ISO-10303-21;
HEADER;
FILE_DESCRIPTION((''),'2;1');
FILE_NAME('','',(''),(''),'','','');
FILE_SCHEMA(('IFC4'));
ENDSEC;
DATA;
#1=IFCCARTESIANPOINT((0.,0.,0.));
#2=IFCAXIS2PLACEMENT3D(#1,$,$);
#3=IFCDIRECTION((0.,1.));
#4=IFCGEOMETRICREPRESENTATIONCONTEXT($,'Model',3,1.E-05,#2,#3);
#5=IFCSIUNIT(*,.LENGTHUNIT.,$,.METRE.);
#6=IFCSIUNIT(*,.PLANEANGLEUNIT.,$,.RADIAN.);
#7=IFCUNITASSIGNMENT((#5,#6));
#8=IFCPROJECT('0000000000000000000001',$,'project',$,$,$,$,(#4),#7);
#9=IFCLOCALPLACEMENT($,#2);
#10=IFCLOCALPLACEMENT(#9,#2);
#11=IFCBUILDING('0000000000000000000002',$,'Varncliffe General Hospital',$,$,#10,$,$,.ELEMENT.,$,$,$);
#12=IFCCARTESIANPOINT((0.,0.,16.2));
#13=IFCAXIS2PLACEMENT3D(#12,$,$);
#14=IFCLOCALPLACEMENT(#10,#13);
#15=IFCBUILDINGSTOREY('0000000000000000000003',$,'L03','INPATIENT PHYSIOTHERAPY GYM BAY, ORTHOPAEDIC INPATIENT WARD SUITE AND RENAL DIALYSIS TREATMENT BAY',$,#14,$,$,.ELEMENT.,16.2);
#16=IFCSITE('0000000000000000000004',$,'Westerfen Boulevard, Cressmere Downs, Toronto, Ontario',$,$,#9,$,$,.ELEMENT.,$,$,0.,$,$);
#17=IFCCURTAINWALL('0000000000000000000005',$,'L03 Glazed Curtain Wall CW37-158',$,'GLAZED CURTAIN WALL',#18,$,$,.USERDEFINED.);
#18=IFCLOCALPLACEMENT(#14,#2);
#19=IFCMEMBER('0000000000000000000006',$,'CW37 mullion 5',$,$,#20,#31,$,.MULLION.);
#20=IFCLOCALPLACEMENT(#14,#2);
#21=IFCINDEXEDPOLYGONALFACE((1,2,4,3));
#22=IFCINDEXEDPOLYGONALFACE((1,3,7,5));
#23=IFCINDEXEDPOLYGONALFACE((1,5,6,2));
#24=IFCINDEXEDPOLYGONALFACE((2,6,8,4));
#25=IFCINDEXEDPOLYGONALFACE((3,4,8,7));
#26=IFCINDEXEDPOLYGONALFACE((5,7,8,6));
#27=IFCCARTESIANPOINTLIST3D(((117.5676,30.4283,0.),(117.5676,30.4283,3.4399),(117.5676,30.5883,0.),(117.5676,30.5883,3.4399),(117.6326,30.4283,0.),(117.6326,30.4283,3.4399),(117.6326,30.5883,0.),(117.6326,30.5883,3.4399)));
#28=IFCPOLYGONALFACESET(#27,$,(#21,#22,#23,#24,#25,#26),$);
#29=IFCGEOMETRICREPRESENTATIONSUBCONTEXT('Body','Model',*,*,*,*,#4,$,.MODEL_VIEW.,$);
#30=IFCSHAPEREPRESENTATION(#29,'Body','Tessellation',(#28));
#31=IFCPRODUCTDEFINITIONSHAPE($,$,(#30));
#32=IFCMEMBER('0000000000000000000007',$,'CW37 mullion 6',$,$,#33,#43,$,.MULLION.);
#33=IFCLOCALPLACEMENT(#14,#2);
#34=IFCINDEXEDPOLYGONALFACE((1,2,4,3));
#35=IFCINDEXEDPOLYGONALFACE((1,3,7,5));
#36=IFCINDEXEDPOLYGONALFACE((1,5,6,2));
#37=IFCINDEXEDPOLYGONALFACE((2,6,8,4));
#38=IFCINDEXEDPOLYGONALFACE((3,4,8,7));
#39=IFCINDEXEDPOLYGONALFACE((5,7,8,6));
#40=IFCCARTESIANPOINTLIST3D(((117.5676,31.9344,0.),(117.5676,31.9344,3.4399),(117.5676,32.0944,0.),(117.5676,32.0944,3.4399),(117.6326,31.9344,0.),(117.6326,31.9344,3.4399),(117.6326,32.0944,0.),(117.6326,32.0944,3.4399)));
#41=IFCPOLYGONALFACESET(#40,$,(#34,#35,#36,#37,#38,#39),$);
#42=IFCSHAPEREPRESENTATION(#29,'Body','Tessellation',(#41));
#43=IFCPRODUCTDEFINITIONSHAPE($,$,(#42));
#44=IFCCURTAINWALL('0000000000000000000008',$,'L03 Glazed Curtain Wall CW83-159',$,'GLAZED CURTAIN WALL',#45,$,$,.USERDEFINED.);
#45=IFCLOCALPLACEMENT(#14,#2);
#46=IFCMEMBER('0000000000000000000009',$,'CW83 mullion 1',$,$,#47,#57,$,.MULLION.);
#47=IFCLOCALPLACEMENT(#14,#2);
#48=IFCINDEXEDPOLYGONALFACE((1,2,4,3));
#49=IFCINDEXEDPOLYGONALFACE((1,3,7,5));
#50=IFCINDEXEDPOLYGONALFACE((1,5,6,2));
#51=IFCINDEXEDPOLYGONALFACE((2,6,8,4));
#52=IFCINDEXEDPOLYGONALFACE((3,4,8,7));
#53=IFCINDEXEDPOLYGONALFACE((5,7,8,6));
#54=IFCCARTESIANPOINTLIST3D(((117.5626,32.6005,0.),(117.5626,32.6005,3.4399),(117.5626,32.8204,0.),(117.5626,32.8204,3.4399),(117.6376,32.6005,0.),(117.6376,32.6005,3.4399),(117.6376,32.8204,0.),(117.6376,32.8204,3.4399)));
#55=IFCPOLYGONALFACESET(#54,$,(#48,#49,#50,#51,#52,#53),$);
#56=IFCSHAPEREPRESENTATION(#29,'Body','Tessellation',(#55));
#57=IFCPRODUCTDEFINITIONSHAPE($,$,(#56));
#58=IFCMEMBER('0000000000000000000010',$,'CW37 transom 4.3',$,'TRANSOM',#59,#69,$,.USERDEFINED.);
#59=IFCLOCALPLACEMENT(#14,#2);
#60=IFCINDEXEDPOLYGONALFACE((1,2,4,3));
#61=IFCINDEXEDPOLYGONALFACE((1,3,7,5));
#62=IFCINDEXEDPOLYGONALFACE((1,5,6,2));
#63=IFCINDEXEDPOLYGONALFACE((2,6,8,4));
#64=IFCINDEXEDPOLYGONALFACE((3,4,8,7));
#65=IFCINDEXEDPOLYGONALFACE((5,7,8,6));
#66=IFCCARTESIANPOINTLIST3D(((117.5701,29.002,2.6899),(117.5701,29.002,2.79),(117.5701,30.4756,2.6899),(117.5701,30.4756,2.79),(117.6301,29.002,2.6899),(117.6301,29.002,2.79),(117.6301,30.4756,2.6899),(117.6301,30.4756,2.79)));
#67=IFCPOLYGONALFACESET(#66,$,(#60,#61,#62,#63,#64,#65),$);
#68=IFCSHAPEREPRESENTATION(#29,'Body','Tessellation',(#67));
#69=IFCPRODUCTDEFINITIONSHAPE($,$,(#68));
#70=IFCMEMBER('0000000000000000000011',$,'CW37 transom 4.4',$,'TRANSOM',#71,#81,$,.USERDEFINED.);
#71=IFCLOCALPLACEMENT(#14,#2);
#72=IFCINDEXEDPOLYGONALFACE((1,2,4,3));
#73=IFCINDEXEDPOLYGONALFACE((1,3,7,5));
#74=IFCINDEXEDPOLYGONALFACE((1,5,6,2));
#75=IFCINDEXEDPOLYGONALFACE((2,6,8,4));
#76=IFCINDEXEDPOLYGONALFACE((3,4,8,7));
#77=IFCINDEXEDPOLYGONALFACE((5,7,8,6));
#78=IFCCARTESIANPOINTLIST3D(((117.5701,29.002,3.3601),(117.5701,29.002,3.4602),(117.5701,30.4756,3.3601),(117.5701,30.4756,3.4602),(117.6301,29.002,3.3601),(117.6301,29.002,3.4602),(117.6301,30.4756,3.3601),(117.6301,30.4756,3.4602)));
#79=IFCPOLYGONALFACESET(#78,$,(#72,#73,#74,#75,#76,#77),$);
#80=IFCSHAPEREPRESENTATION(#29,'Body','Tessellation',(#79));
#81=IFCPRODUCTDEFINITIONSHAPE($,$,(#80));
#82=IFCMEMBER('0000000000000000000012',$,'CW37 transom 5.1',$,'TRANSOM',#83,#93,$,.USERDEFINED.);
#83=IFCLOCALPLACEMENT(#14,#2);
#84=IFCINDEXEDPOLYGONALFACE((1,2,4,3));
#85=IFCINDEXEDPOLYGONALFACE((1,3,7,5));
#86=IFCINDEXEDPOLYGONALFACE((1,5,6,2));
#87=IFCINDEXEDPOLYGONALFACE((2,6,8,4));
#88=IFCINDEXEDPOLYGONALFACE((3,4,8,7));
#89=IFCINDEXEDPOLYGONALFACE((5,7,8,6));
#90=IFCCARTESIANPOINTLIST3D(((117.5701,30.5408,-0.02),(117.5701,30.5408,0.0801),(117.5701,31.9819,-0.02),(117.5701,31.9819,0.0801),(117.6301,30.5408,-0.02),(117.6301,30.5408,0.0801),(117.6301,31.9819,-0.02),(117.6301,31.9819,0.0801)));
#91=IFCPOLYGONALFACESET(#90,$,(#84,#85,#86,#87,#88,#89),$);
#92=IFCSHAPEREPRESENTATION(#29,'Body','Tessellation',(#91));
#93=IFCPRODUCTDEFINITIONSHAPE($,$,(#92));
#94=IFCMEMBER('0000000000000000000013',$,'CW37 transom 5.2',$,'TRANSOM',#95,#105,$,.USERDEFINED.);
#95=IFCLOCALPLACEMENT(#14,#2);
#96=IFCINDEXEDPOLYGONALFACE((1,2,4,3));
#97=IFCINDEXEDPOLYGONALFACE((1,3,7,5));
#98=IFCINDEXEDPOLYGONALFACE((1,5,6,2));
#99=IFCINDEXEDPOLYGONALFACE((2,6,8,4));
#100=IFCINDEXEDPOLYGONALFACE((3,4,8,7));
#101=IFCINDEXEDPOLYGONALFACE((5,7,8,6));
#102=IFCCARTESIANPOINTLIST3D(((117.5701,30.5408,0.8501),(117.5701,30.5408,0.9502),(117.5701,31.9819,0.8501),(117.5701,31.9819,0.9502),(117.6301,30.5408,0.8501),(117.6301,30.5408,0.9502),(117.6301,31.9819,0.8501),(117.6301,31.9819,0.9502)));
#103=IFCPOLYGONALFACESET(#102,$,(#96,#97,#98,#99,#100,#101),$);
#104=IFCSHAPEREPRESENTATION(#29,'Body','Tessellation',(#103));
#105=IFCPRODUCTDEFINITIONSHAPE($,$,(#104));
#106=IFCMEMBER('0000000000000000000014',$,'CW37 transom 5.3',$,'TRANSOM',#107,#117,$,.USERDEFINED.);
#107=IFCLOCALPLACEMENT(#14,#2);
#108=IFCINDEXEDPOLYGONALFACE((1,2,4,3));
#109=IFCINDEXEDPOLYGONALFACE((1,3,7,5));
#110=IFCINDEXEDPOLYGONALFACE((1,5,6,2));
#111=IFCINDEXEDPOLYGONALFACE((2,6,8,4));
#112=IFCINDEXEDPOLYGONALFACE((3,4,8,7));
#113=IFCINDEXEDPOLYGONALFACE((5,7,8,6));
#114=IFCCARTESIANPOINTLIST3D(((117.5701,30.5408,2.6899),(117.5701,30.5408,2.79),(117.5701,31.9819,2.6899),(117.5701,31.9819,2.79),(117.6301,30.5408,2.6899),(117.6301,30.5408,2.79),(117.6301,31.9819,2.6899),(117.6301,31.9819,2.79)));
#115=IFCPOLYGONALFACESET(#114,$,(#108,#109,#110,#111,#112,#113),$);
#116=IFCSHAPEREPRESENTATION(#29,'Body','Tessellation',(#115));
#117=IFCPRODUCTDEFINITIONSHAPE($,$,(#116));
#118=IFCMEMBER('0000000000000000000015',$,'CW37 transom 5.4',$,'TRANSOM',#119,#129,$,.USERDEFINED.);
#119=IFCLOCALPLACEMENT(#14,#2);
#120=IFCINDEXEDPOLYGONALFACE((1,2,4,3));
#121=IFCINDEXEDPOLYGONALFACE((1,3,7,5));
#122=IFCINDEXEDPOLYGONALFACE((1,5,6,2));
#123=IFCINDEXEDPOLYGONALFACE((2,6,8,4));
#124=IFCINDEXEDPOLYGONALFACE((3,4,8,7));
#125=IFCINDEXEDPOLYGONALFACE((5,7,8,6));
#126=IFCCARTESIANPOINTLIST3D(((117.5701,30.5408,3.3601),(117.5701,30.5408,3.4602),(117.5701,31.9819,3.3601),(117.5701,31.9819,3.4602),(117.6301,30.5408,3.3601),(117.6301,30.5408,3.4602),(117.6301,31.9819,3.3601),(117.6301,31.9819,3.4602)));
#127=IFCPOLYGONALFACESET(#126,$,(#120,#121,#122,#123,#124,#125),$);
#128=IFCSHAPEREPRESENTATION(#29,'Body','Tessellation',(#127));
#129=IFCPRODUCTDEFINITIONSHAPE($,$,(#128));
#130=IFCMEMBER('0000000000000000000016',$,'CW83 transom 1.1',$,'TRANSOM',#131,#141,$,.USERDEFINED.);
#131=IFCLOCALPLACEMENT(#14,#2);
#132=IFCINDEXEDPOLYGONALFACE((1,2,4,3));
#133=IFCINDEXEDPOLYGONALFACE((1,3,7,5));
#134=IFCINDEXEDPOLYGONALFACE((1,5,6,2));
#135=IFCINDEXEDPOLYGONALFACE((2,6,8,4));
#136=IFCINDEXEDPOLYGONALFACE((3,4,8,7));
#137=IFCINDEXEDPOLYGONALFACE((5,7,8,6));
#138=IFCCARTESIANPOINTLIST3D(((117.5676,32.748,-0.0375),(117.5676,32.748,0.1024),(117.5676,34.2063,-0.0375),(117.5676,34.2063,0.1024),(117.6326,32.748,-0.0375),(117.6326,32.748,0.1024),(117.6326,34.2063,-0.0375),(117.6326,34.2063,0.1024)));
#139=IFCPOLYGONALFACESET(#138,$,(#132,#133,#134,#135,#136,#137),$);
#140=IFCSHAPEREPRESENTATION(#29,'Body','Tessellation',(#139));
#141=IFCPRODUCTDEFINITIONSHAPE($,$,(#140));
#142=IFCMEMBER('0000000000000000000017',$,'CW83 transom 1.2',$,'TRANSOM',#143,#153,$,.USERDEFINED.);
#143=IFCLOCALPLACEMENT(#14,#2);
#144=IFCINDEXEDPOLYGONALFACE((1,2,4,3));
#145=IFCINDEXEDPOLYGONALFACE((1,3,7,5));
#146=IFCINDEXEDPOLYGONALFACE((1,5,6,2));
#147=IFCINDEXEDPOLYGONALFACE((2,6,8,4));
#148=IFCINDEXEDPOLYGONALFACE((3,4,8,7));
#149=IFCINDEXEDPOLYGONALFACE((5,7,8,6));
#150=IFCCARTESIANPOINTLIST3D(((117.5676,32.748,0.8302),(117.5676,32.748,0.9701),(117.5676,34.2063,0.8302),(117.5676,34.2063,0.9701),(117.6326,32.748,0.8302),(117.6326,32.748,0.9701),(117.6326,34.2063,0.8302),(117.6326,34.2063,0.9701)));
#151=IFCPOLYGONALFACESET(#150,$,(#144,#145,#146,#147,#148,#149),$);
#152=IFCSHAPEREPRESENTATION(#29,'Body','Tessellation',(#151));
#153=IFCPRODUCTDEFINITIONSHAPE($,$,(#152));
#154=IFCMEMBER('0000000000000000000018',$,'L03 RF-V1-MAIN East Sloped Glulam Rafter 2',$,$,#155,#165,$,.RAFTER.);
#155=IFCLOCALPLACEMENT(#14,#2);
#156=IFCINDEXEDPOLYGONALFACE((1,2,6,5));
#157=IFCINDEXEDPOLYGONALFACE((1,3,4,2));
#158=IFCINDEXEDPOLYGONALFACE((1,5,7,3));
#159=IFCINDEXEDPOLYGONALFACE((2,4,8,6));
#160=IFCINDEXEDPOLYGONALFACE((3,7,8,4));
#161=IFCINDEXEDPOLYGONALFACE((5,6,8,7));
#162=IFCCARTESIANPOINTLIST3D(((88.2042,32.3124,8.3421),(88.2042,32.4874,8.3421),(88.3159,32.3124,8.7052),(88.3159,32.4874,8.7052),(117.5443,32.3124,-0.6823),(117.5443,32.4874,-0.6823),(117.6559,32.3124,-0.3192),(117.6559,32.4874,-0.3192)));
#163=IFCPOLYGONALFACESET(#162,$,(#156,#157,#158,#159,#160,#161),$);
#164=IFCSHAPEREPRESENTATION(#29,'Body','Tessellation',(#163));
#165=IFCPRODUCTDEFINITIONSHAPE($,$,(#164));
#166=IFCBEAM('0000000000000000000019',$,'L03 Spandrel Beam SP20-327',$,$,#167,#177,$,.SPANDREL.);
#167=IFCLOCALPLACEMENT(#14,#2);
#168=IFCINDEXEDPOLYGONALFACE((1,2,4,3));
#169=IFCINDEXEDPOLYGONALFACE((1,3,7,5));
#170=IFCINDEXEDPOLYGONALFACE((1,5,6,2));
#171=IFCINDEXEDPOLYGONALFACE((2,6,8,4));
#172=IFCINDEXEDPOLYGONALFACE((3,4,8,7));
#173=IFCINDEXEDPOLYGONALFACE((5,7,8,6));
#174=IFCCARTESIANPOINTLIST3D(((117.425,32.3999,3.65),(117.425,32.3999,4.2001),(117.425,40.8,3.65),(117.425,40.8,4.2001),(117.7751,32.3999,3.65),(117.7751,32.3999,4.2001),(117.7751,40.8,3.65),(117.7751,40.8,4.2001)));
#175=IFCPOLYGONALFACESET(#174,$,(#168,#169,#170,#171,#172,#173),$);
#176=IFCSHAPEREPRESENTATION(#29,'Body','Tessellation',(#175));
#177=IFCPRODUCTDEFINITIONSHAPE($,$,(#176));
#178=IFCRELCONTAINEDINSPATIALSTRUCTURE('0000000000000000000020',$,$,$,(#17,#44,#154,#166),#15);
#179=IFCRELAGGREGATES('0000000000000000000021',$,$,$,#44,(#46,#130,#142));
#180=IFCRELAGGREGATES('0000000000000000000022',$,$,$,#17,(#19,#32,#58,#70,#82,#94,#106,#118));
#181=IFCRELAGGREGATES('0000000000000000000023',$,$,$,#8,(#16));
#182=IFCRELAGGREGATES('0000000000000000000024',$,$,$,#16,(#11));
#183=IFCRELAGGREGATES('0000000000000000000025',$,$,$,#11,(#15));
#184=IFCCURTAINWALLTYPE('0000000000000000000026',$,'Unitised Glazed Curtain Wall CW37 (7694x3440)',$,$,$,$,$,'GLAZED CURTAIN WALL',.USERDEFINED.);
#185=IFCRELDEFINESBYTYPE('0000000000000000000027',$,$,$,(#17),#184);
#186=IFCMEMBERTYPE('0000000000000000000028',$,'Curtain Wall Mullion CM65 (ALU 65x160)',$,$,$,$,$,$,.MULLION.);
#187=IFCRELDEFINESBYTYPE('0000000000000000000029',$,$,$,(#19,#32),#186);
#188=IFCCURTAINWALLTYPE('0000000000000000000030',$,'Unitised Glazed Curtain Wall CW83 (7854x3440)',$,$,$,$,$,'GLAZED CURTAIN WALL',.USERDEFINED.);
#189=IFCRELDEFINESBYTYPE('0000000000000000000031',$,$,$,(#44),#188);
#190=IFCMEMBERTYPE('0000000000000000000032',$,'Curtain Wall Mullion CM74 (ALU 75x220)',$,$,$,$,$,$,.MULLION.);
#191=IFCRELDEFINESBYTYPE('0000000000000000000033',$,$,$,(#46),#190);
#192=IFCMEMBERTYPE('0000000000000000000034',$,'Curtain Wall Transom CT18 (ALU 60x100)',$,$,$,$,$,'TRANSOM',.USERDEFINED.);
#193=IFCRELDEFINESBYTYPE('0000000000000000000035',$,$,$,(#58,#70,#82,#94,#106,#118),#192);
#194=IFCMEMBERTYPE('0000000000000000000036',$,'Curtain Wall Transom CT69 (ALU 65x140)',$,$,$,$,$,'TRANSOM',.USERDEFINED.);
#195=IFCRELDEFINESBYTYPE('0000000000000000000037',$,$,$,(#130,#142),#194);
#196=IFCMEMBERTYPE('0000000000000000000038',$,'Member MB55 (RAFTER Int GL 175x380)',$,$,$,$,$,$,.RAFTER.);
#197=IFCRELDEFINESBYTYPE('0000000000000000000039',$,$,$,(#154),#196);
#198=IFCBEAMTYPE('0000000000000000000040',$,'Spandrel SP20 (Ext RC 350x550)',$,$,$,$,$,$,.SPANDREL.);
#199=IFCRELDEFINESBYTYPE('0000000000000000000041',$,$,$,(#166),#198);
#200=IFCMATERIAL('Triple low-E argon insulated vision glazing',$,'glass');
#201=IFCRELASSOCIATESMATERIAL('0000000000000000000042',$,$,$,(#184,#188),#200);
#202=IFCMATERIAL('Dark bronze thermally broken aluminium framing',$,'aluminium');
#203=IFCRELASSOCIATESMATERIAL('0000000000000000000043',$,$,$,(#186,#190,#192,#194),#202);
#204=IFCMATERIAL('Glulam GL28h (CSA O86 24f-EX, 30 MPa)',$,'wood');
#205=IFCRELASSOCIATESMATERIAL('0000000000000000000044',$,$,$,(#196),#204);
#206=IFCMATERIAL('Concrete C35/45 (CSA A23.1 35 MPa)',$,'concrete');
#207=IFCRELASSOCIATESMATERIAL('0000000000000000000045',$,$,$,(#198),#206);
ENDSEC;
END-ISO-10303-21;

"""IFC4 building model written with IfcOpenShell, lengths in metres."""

from ifc_helpers import new_model, si_unit, direction, frame, origin, origin_2d, place, context, subcontext, project, spatial, rectangle, extrude, material, material_profile, profile_set, type_object, element, aggregate, save


model = new_model("IFC4")

# Units and contexts
model_context = context("Model", 3, precision=1e-05, world=origin(), true_north=direction((0.0, 1.0)))
body_context = subcontext(model_context, "Body", "Model", "MODEL_VIEW")
ifc_project = project(units=[si_unit("LENGTHUNIT", "METRE"), si_unit("PLANEANGLEUNIT", "RADIAN")], contexts=[model_context])

# Site, building, storey
site_placement = place(None, origin())
site = spatial("IfcSite", under=ifc_project, at=site_placement, Name="Westerfen Boulevard, Cressmere Downs, Toronto, Ontario", CompositionType="ELEMENT", RefElevation=0.0)
building_placement = place(site_placement, origin())
building = spatial("IfcBuilding", under=site, at=building_placement, Name="Varncliffe General Hospital", CompositionType="ELEMENT")
storey_placement = place(building_placement, frame((0.0, 0.0, 16.2)))
storey = spatial("IfcBuildingStorey", under=building, at=storey_placement, Name="L03", Description="INPATIENT PHYSIOTHERAPY GYM BAY, ORTHOPAEDIC INPATIENT WARD SUITE AND RENAL DIALYSIS TREATMENT BAY", CompositionType="ELEMENT", Elevation=16.2)

# Curtain wall, members
ifc_material_1 = material(Name="Triple low-E argon insulated vision glazing", Category="glass")
curtain_wall_type_1 = type_object("IfcCurtainWallType", Name="Unitised Glazed Curtain Wall CW37 (7694x3440)", ElementType="GLAZED CURTAIN WALL", PredefinedType="USERDEFINED", material=ifc_material_1)
curtain_wall_1_placement = place(storey_placement, origin())
curtain_wall_1 = element("IfcCurtainWall", 1, at=curtain_wall_1_placement, inside=storey, type_object=curtain_wall_type_1, Name="L03 Glazed Curtain Wall CW37-158", ObjectType="GLAZED CURTAIN WALL", PredefinedType="USERDEFINED")
ifc_material_2 = material(Name="Dark bronze thermally broken aluminium framing", Category="aluminium")
ifc_material_profile_1 = material_profile(ifc_material_2, rectangle(XDim=0.0649, YDim=0.1599, at=origin_2d()), Name="ALU 65x160")
ifc_profile_set_1 = profile_set([ifc_material_profile_1], Name="Dark bronze thermally broken aluminium framing")
member_type_1 = type_object("IfcMemberType", Name="Curtain Wall Mullion CM65 (ALU 65x160)", PredefinedType="MULLION", material=ifc_profile_set_1)
member_1_placement = place(storey_placement, frame((117.6001, 30.5083, 0.0), z_axis=(0.0, 0.0, 1.0), x_axis=(-1.0, 0.0, 0.0)))
member_1 = element("IfcMember", 2, at=member_1_placement, type_object=member_type_1, Name="CW37 mullion 5", PredefinedType="MULLION", context=body_context, shape_type="SweptSolid", body=[
    extrude(rectangle(XDim=0.0649, YDim=0.1599, at=origin_2d()), origin(), (0.0, 0.0, 1.0), 3.4399),
])
member_2_placement = place(storey_placement, frame((117.6001, 32.0144, 0.0), z_axis=(0.0, 0.0, 1.0), x_axis=(-1.0, 0.0, 0.0)))
member_2 = element("IfcMember", 3, at=member_2_placement, type_object=member_type_1, Name="CW37 mullion 6", PredefinedType="MULLION", context=body_context, shape_type="SweptSolid", body=[
    extrude(rectangle(XDim=0.0649, YDim=0.1599, at=origin_2d()), origin(), (0.0, 0.0, 1.0), 3.4399),
])

# Curtain wall, member
curtain_wall_type_2 = type_object("IfcCurtainWallType", Name="Unitised Glazed Curtain Wall CW83 (7854x3440)", ElementType="GLAZED CURTAIN WALL", PredefinedType="USERDEFINED", material=ifc_material_1)
curtain_wall_2_placement = place(storey_placement, origin())
curtain_wall_2 = element("IfcCurtainWall", 4, at=curtain_wall_2_placement, inside=storey, type_object=curtain_wall_type_2, Name="L03 Glazed Curtain Wall CW83-159", ObjectType="GLAZED CURTAIN WALL", PredefinedType="USERDEFINED")
ifc_material_profile_2 = material_profile(ifc_material_2, rectangle(XDim=0.075, YDim=0.22, at=origin_2d()), Name="ALU 75x220")
ifc_profile_set_2 = profile_set([ifc_material_profile_2], Name="Dark bronze thermally broken aluminium framing")
member_type_2 = type_object("IfcMemberType", Name="Curtain Wall Mullion CM74 (ALU 75x220)", PredefinedType="MULLION", material=ifc_profile_set_2)
member_3_placement = place(storey_placement, frame((117.6001, 32.7104, 0.0), z_axis=(0.0, 0.0, 1.0), x_axis=(-1.0, 0.0, 0.0)))
member_3 = element("IfcMember", 5, at=member_3_placement, type_object=member_type_2, Name="CW83 mullion 1", PredefinedType="MULLION", context=body_context, shape_type="SweptSolid", body=[
    extrude(rectangle(XDim=0.075, YDim=0.22, at=origin_2d()), origin(), (0.0, 0.0, 1.0), 3.4399),
])

# Members
ifc_material_profile_3 = material_profile(ifc_material_2, rectangle(XDim=0.0601, YDim=0.1001, at=origin_2d()), Name="ALU 60x100")
ifc_profile_set_3 = profile_set([ifc_material_profile_3], Name="Dark bronze thermally broken aluminium framing")
member_type_3 = type_object("IfcMemberType", Name="Curtain Wall Transom CT18 (ALU 60x100)", ElementType="TRANSOM", PredefinedType="USERDEFINED", material=ifc_profile_set_3)
member_4_placement = place(storey_placement, frame((117.6001, 29.002, 2.74), z_axis=(0.0, 1.0, 0.0), x_axis=(-1.0, 0.0, 0.0)))
member_4 = element("IfcMember", 6, at=member_4_placement, type_object=member_type_3, Name="CW37 transom 4.3", ObjectType="TRANSOM", PredefinedType="USERDEFINED", context=body_context, shape_type="SweptSolid", body=[
    extrude(rectangle(XDim=0.0601, YDim=0.1001, at=origin_2d()), origin(), (0.0, 0.0, 1.0), 1.4736),
])
member_5_placement = place(storey_placement, frame((117.6001, 29.002, 3.4102), z_axis=(0.0, 1.0, 0.0), x_axis=(-1.0, 0.0, 0.0)))
member_5 = element("IfcMember", 7, at=member_5_placement, type_object=member_type_3, Name="CW37 transom 4.4", ObjectType="TRANSOM", PredefinedType="USERDEFINED", context=body_context, shape_type="SweptSolid", body=[
    extrude(rectangle(XDim=0.0601, YDim=0.1001, at=origin_2d()), origin(), (0.0, 0.0, 1.0), 1.4736),
])
member_6_placement = place(storey_placement, frame((117.6001, 30.5408, 0.03), z_axis=(0.0, 1.0, 0.0), x_axis=(-1.0, 0.0, 0.0)))
member_6 = element("IfcMember", 8, at=member_6_placement, type_object=member_type_3, Name="CW37 transom 5.1", ObjectType="TRANSOM", PredefinedType="USERDEFINED", context=body_context, shape_type="SweptSolid", body=[
    extrude(rectangle(XDim=0.0601, YDim=0.1001, at=origin_2d()), origin(), (0.0, 0.0, 1.0), 1.4412),
])
member_7_placement = place(storey_placement, frame((117.6001, 30.5408, 0.9001), z_axis=(0.0, 1.0, 0.0), x_axis=(-1.0, 0.0, 0.0)))
member_7 = element("IfcMember", 9, at=member_7_placement, type_object=member_type_3, Name="CW37 transom 5.2", ObjectType="TRANSOM", PredefinedType="USERDEFINED", context=body_context, shape_type="SweptSolid", body=[
    extrude(rectangle(XDim=0.0601, YDim=0.1001, at=origin_2d()), origin(), (0.0, 0.0, 1.0), 1.4412),
])
member_8_placement = place(storey_placement, frame((117.6001, 30.5408, 2.74), z_axis=(0.0, 1.0, 0.0), x_axis=(-1.0, 0.0, 0.0)))
member_8 = element("IfcMember", 10, at=member_8_placement, type_object=member_type_3, Name="CW37 transom 5.3", ObjectType="TRANSOM", PredefinedType="USERDEFINED", context=body_context, shape_type="SweptSolid", body=[
    extrude(rectangle(XDim=0.0601, YDim=0.1001, at=origin_2d()), origin(), (0.0, 0.0, 1.0), 1.4412),
])
member_9_placement = place(storey_placement, frame((117.6001, 30.5408, 3.4102), z_axis=(0.0, 1.0, 0.0), x_axis=(-1.0, 0.0, 0.0)))
member_9 = element("IfcMember", 11, at=member_9_placement, type_object=member_type_3, Name="CW37 transom 5.4", ObjectType="TRANSOM", PredefinedType="USERDEFINED", context=body_context, shape_type="SweptSolid", body=[
    extrude(rectangle(XDim=0.0601, YDim=0.1001, at=origin_2d()), origin(), (0.0, 0.0, 1.0), 1.4412),
])
ifc_material_profile_4 = material_profile(ifc_material_2, rectangle(XDim=0.0649, YDim=0.1399, at=origin_2d()), Name="ALU 65x140")
ifc_profile_set_4 = profile_set([ifc_material_profile_4], Name="Dark bronze thermally broken aluminium framing")
member_type_4 = type_object("IfcMemberType", Name="Curtain Wall Transom CT69 (ALU 65x140)", ElementType="TRANSOM", PredefinedType="USERDEFINED", material=ifc_profile_set_4)
member_10_placement = place(storey_placement, frame((117.6001, 32.748, 0.0325), z_axis=(0.0, 1.0, 0.0), x_axis=(-1.0, 0.0, 0.0)))
member_10 = element("IfcMember", 12, at=member_10_placement, type_object=member_type_4, Name="CW83 transom 1.1", ObjectType="TRANSOM", PredefinedType="USERDEFINED", context=body_context, shape_type="SweptSolid", body=[
    extrude(rectangle(XDim=0.0649, YDim=0.1399, at=origin_2d()), origin(), (0.0, 0.0, 1.0), 1.4583),
])
member_11_placement = place(storey_placement, frame((117.6001, 32.748, 0.9001), z_axis=(0.0, 1.0, 0.0), x_axis=(-1.0, 0.0, 0.0)))
member_11 = element("IfcMember", 13, at=member_11_placement, type_object=member_type_4, Name="CW83 transom 1.2", ObjectType="TRANSOM", PredefinedType="USERDEFINED", context=body_context, shape_type="SweptSolid", body=[
    extrude(rectangle(XDim=0.0649, YDim=0.1399, at=origin_2d()), origin(), (0.0, 0.0, 1.0), 1.4583),
])
aggregate(curtain_wall_2, [member_3, member_10, member_11])
ifc_material_3 = material(Name="Glulam GL28h (CSA O86 24f-EX, 30 MPa)", Category="wood")
ifc_material_profile_5 = material_profile(ifc_material_3, rectangle(XDim=0.175, YDim=0.3799, at=origin_2d()), Name="GL 175x380")
ifc_profile_set_5 = profile_set([ifc_material_profile_5], Name="Glulam GL28h (CSA O86 24f-EX, 30 MPa)")
member_type_5 = type_object("IfcMemberType", Name="Member MB55 (RAFTER Int GL 175x380)", PredefinedType="RAFTER", material=ifc_profile_set_5)
member_12_placement = place(storey_placement, frame((117.6001, 32.3999, -0.5007), z_axis=(-0.955809, 0.0, 0.293987), x_axis=(0.0, -1.0, 0.0)))
element("IfcMember", 14, at=member_12_placement, inside=storey, type_object=member_type_5, Name="L03 RF-V1-MAIN East Sloped Glulam Rafter 2", PredefinedType="RAFTER", context=body_context, shape_type="SweptSolid", body=[
    extrude(rectangle(XDim=0.175, YDim=0.3799, at=origin_2d()), origin(), (0.0, 0.0, 1.0), 30.6965),
])

# Beam
ifc_material_4 = material(Name="Concrete C35/45 (CSA A23.1 35 MPa)", Category="concrete")
ifc_material_profile_6 = material_profile(ifc_material_4, rectangle(XDim=0.3501, YDim=0.55, at=origin_2d()), Name="RC 350x550")
ifc_profile_set_6 = profile_set([ifc_material_profile_6], Name="Concrete C35/45 (CSA A23.1 35 MPa)")
beam_type = type_object("IfcBeamType", Name="Spandrel SP20 (Ext RC 350x550)", PredefinedType="SPANDREL", material=ifc_profile_set_6)
beam_placement = place(storey_placement, frame((117.6001, 32.3999, 3.925), z_axis=(0.0, 1.0, 0.0), x_axis=(-1.0, 0.0, 0.0)))
element("IfcBeam", 15, at=beam_placement, inside=storey, type_object=beam_type, Name="L03 Spandrel Beam SP20-327", PredefinedType="SPANDREL", context=body_context, shape_type="SweptSolid", body=[
    extrude(rectangle(XDim=0.3501, YDim=0.55, at=origin_2d()), origin(), (0.0, 0.0, 1.0), 8.4001),
])

aggregate(curtain_wall_1, [member_1, member_2, member_4, member_5, member_6, member_7, member_8, member_9])

save(model, "model.ifc")
